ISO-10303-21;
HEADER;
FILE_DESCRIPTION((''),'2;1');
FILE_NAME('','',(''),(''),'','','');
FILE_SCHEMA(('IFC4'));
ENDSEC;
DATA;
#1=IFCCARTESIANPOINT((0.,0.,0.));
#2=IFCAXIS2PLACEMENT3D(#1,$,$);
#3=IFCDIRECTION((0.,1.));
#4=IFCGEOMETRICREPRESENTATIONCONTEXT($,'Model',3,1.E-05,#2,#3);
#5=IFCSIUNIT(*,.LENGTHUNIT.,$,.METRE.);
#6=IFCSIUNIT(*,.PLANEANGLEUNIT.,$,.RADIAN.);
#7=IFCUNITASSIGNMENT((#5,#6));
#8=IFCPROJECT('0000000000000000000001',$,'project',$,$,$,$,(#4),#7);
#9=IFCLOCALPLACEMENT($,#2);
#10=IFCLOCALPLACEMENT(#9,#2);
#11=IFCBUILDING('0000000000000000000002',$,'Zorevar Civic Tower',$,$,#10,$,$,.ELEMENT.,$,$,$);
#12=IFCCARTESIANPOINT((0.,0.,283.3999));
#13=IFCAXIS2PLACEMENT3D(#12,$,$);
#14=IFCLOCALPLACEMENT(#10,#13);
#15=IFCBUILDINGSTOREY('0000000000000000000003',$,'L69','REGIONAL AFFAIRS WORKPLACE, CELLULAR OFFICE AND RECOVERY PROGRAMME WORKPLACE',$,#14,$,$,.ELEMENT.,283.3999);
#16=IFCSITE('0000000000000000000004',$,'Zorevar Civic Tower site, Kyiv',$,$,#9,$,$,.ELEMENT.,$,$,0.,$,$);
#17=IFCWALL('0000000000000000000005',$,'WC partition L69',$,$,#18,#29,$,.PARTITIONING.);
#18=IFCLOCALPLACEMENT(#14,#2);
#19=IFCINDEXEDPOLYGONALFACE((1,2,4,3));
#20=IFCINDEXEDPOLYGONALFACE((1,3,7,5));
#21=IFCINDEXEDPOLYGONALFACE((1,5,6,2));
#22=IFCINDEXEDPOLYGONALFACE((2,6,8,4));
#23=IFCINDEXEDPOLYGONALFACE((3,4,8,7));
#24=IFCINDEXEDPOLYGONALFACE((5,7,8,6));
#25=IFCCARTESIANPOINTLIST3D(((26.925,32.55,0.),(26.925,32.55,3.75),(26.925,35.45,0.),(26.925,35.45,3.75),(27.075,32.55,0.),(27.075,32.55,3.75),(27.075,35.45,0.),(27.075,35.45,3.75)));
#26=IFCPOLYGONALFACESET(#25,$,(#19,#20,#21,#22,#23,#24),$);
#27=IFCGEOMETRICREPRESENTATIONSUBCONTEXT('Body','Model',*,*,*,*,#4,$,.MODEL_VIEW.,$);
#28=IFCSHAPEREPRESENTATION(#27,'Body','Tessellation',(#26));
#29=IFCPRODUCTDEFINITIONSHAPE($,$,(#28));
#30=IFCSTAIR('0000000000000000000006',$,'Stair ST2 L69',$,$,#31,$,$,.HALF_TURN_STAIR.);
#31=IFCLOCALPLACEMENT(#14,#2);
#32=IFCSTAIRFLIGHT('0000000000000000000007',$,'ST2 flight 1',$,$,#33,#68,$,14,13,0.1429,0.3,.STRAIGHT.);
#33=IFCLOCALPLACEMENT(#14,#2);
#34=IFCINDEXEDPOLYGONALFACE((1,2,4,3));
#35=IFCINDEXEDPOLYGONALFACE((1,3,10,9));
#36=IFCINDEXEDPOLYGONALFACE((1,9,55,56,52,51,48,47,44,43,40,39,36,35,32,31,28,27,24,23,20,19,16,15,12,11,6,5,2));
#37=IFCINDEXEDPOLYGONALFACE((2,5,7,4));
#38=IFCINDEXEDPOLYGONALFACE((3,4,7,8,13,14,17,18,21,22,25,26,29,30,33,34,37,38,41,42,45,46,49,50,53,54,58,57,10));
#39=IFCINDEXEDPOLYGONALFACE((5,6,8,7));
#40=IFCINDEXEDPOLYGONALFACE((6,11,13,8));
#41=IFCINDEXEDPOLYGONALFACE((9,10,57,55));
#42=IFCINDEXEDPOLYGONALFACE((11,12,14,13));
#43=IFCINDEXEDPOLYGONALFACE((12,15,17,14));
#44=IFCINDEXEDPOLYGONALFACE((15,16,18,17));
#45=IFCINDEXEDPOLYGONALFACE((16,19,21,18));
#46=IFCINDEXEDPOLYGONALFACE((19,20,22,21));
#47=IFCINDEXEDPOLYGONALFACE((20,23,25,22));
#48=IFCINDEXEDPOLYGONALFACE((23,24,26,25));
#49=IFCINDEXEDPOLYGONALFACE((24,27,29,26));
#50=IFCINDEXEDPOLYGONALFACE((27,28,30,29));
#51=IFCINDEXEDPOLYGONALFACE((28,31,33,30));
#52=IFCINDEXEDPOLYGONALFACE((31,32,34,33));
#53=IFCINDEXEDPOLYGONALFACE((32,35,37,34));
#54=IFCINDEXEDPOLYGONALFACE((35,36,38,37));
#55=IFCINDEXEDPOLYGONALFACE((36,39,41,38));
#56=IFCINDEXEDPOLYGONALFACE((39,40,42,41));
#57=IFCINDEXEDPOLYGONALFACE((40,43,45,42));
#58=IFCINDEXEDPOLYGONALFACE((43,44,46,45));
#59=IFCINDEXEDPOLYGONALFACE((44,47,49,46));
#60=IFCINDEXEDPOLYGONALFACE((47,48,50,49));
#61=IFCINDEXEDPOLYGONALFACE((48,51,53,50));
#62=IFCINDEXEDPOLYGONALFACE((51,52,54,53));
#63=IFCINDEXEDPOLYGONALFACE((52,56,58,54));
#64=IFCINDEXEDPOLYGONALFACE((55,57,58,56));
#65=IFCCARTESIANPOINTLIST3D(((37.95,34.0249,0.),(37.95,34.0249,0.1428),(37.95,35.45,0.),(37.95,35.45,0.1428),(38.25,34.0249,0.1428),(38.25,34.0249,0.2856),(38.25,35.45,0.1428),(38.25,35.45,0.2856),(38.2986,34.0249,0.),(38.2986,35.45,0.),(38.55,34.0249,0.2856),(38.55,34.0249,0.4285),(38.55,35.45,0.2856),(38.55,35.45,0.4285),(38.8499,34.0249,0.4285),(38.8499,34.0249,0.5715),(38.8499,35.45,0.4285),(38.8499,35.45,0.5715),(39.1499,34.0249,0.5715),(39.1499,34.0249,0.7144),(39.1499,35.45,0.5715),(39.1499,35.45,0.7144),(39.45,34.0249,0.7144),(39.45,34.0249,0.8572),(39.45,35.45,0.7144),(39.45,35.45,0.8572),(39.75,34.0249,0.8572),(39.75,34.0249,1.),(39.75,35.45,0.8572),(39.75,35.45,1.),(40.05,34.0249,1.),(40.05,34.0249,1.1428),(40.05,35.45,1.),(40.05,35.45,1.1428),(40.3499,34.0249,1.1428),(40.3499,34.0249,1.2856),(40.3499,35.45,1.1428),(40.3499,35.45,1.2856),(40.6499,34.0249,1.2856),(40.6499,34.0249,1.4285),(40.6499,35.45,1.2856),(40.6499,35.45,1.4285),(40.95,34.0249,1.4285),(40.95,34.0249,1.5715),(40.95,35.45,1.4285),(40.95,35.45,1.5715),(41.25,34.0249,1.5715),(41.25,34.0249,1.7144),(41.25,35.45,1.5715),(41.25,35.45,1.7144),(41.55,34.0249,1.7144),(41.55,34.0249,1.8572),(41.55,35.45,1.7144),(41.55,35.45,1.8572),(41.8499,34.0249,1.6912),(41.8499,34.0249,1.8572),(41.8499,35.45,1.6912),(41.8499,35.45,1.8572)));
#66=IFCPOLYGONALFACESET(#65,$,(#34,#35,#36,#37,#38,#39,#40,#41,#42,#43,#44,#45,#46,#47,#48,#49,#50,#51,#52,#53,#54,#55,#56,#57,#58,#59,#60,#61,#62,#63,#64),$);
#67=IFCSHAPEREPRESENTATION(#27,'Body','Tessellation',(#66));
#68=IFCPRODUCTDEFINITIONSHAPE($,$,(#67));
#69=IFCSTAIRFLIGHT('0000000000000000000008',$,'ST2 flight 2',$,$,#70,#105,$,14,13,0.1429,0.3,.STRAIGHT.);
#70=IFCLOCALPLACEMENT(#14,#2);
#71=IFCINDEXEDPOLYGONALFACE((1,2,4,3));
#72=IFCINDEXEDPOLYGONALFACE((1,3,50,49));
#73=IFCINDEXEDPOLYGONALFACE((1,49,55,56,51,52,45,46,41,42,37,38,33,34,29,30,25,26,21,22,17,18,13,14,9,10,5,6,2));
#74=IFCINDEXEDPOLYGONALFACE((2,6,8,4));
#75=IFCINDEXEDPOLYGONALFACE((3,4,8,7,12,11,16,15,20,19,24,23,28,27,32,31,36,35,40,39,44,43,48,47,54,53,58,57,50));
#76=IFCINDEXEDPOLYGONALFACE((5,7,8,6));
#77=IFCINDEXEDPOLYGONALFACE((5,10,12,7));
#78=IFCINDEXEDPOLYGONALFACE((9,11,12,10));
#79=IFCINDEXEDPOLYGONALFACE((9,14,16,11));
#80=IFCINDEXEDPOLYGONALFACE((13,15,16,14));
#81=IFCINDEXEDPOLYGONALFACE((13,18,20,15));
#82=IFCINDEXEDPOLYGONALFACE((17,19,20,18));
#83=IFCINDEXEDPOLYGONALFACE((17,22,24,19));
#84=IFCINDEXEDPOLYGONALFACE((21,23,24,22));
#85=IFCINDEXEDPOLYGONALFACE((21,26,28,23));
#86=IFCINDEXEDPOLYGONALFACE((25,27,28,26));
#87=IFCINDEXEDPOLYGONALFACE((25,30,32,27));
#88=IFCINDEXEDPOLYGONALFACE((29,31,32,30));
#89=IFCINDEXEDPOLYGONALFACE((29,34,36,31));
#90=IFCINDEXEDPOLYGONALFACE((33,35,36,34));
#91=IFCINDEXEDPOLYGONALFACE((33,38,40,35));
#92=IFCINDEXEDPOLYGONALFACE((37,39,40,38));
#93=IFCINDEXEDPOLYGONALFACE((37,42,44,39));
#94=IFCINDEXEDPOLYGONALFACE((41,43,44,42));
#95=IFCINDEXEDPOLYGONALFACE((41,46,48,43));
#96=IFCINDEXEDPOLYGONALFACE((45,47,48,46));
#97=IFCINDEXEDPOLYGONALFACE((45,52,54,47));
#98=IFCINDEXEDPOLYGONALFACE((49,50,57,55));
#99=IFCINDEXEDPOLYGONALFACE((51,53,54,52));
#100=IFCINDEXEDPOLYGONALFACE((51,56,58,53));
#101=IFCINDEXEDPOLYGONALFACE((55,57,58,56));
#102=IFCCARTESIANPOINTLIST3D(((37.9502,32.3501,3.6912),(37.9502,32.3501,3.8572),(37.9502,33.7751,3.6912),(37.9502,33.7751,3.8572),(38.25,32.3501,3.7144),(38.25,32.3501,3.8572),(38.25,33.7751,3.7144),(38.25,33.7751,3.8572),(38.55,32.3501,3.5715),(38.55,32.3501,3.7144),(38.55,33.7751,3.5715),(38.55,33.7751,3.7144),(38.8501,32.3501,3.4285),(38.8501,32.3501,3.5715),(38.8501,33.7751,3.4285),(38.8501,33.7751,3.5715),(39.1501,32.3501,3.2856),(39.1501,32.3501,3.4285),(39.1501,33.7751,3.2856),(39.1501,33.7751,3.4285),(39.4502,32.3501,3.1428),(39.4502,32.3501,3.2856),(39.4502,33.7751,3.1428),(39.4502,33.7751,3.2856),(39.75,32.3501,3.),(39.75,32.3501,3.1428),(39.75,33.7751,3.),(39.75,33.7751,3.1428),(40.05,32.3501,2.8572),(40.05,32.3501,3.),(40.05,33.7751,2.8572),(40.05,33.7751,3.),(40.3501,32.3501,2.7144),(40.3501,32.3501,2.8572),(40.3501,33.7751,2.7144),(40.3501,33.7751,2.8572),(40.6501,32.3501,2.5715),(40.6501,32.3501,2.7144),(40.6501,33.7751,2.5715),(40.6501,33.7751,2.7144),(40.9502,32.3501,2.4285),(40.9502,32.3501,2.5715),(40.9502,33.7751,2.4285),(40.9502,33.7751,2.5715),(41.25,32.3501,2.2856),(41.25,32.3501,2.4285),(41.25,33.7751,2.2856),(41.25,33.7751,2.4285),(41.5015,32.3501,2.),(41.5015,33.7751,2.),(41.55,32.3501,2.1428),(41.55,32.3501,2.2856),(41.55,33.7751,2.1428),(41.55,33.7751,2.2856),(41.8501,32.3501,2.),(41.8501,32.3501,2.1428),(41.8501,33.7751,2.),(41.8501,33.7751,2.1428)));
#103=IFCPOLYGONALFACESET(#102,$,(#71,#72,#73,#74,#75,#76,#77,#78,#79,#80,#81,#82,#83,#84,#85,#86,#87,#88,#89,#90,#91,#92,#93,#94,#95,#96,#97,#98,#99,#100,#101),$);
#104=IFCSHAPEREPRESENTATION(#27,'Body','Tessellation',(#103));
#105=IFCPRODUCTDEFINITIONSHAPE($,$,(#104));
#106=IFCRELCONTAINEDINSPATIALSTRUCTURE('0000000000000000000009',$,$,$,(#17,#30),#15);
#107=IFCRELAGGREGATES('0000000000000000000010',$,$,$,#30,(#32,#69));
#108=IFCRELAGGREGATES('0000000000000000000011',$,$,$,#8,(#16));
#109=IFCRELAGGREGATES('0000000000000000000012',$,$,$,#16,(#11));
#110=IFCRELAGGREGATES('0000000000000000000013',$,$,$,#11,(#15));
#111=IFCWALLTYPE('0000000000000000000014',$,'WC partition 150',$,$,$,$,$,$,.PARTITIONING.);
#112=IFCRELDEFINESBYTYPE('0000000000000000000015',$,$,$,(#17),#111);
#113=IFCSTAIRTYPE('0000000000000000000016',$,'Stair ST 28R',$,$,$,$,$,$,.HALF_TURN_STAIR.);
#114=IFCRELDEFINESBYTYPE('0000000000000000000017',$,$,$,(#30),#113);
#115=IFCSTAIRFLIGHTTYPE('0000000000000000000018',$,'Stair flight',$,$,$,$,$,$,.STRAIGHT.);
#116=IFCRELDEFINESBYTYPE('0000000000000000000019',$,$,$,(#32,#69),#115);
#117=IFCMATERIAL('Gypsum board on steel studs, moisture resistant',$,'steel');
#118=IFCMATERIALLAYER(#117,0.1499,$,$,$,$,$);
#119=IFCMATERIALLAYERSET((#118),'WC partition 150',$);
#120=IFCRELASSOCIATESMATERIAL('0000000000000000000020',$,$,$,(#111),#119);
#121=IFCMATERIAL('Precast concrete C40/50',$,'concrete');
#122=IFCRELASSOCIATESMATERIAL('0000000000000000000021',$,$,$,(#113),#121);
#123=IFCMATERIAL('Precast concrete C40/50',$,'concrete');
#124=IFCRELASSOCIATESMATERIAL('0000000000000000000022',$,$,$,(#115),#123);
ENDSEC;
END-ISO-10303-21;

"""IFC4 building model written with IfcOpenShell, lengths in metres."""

from ifc_helpers import new_model, si_unit, direction, frame, frame_2d, origin, place, context, subcontext, project, spatial, polyline, rectangle, outline, extrude, material, layer, layer_set, type_object, element, aggregate, save


model = new_model("IFC4")

# Units and contexts
model_context = context("Model", 3, precision=1e-05, world=origin(), true_north=direction((0.0, 1.0)))
body_context = subcontext(model_context, "Body", "Model", "MODEL_VIEW")
ifc_project = project(units=[si_unit("LENGTHUNIT", "METRE"), si_unit("PLANEANGLEUNIT", "RADIAN")], contexts=[model_context])

# Site, building, storey
site_placement = place(None, origin())
site = spatial("IfcSite", under=ifc_project, at=site_placement, Name="Zorevar Civic Tower site, Kyiv", CompositionType="ELEMENT", RefElevation=0.0)
building_placement = place(site_placement, origin())
building = spatial("IfcBuilding", under=site, at=building_placement, Name="Zorevar Civic Tower", CompositionType="ELEMENT")
storey_placement = place(building_placement, frame((0.0, 0.0, 283.3999)))
storey = spatial("IfcBuildingStorey", under=building, at=storey_placement, Name="L69", Description="REGIONAL AFFAIRS WORKPLACE, CELLULAR OFFICE AND RECOVERY PROGRAMME WORKPLACE", CompositionType="ELEMENT", Elevation=283.3999)

# Wall
ifc_material_1 = material(Name="Gypsum board on steel studs, moisture resistant", Category="steel")
ifc_layer_1 = layer(ifc_material_1, 0.1499)
ifc_layer_set_1 = layer_set([ifc_layer_1], Name="WC partition 150")
wall_type_1 = type_object("IfcWallType", Name="WC partition 150", PredefinedType="PARTITIONING", material=ifc_layer_set_1)
wall_1_placement = place(storey_placement, frame((27.0, 32.55, 0.0), z_axis=(0.0, 0.0, 1.0), x_axis=(0.0, 1.0, 0.0)))
element("IfcWall", 1, at=wall_1_placement, inside=storey, type_object=wall_type_1, Name="WC partition L69", PredefinedType="PARTITIONING", context=body_context, shape_type="SweptSolid", body=[
    extrude(rectangle(XDim=2.8999, YDim=0.1499, at=frame_2d((1.45, 0.0))), origin(), (0.0, 0.0, 1.0), 3.75),
])

# Stair, stair flights
ifc_material_2 = material(Name="Precast concrete C40/50", Category="concrete")
stair_type = type_object("IfcStairType", Name="Stair ST 28R", PredefinedType="HALF_TURN_STAIR", material=ifc_material_2)
stair_placement = place(storey_placement, origin())
stair = element("IfcStair", 2, at=stair_placement, inside=storey, type_object=stair_type, Name="Stair ST2 L69", PredefinedType="HALF_TURN_STAIR")
ifc_material_3 = material(Name="Precast concrete C40/50", Category="concrete")
stair_flight_type = type_object("IfcStairFlightType", Name="Stair flight", PredefinedType="STRAIGHT", material=ifc_material_3)
stair_flight_1_placement = place(storey_placement, frame((37.95, 34.7375, 0.0), z_axis=(0.0, 0.0, 1.0), x_axis=(1.0, 0.0, 0.0)))
stair_flight_1 = element("IfcStairFlight", 3, at=stair_flight_1_placement, type_object=stair_flight_type, Name="ST2 flight 1", NumberOfRisers=14, NumberOfTreads=13, PredefinedType="STRAIGHT", RiserHeight=0.1429, TreadLength=0.3, context=body_context, shape_type="SweptSolid", body=[
    extrude(outline(polyline([(0.0, 0.0), (0.0, 0.1428), (0.3, 0.1428), (0.3, 0.2856), (0.6001, 0.2856), (0.6001, 0.4285), (0.8999, 0.4285), (0.8999, 0.5715), (1.2, 0.5715), (1.2, 0.7144), (1.5, 0.7144), (1.5, 0.8572), (1.8, 0.8572), (1.8, 1.0), (2.1001, 1.0), (2.1001, 1.1428), (2.3999, 1.1428), (2.3999, 1.2856), (2.7, 1.2856), (2.7, 1.4285), (3.0, 1.4285), (3.0, 1.5715), (3.3, 1.5715), (3.3, 1.7144), (3.6001, 1.7144), (3.6001, 1.8572), (3.8999, 1.8572), (3.8999, 2.0), (3.8999, 1.6912), (0.3486, 0.0), (0.0, 0.0)])), frame((0.0, 0.7124, 0.0), z_axis=(0.0, -1.0, 0.0), x_axis=(1.0, 0.0, 0.0)), (0.0, 0.0, 1.0), 1.425),
])
stair_flight_2_placement = place(storey_placement, frame((41.8501, 33.0625, 2.0), z_axis=(0.0, 0.0, 1.0), x_axis=(-1.0, 0.0, 0.0)))
stair_flight_2 = element("IfcStairFlight", 4, at=stair_flight_2_placement, type_object=stair_flight_type, Name="ST2 flight 2", NumberOfRisers=14, NumberOfTreads=13, PredefinedType="STRAIGHT", RiserHeight=0.1429, TreadLength=0.3, context=body_context, shape_type="SweptSolid", body=[
    extrude(outline(polyline([(0.0, 0.0), (0.0, 0.1428), (0.3, 0.1428), (0.3, 0.2856), (0.6001, 0.2856), (0.6001, 0.4285), (0.8999, 0.4285), (0.8999, 0.5715), (1.2, 0.5715), (1.2, 0.7144), (1.5, 0.7144), (1.5, 0.8572), (1.8, 0.8572), (1.8, 1.0), (2.1001, 1.0), (2.1001, 1.1428), (2.3999, 1.1428), (2.3999, 1.2856), (2.7, 1.2856), (2.7, 1.4285), (3.0, 1.4285), (3.0, 1.5715), (3.3, 1.5715), (3.3, 1.7144), (3.6001, 1.7144), (3.6001, 1.8572), (3.8999, 1.8572), (3.8999, 2.0), (3.8999, 1.6912), (0.3486, 0.0), (0.0, 0.0)])), frame((0.0, 0.7124, 0.0), z_axis=(0.0, -1.0, 0.0), x_axis=(1.0, 0.0, 0.0)), (0.0, 0.0, 1.0), 1.425),
])
aggregate(stair, [stair_flight_1, stair_flight_2])

save(model, "model.ifc")
